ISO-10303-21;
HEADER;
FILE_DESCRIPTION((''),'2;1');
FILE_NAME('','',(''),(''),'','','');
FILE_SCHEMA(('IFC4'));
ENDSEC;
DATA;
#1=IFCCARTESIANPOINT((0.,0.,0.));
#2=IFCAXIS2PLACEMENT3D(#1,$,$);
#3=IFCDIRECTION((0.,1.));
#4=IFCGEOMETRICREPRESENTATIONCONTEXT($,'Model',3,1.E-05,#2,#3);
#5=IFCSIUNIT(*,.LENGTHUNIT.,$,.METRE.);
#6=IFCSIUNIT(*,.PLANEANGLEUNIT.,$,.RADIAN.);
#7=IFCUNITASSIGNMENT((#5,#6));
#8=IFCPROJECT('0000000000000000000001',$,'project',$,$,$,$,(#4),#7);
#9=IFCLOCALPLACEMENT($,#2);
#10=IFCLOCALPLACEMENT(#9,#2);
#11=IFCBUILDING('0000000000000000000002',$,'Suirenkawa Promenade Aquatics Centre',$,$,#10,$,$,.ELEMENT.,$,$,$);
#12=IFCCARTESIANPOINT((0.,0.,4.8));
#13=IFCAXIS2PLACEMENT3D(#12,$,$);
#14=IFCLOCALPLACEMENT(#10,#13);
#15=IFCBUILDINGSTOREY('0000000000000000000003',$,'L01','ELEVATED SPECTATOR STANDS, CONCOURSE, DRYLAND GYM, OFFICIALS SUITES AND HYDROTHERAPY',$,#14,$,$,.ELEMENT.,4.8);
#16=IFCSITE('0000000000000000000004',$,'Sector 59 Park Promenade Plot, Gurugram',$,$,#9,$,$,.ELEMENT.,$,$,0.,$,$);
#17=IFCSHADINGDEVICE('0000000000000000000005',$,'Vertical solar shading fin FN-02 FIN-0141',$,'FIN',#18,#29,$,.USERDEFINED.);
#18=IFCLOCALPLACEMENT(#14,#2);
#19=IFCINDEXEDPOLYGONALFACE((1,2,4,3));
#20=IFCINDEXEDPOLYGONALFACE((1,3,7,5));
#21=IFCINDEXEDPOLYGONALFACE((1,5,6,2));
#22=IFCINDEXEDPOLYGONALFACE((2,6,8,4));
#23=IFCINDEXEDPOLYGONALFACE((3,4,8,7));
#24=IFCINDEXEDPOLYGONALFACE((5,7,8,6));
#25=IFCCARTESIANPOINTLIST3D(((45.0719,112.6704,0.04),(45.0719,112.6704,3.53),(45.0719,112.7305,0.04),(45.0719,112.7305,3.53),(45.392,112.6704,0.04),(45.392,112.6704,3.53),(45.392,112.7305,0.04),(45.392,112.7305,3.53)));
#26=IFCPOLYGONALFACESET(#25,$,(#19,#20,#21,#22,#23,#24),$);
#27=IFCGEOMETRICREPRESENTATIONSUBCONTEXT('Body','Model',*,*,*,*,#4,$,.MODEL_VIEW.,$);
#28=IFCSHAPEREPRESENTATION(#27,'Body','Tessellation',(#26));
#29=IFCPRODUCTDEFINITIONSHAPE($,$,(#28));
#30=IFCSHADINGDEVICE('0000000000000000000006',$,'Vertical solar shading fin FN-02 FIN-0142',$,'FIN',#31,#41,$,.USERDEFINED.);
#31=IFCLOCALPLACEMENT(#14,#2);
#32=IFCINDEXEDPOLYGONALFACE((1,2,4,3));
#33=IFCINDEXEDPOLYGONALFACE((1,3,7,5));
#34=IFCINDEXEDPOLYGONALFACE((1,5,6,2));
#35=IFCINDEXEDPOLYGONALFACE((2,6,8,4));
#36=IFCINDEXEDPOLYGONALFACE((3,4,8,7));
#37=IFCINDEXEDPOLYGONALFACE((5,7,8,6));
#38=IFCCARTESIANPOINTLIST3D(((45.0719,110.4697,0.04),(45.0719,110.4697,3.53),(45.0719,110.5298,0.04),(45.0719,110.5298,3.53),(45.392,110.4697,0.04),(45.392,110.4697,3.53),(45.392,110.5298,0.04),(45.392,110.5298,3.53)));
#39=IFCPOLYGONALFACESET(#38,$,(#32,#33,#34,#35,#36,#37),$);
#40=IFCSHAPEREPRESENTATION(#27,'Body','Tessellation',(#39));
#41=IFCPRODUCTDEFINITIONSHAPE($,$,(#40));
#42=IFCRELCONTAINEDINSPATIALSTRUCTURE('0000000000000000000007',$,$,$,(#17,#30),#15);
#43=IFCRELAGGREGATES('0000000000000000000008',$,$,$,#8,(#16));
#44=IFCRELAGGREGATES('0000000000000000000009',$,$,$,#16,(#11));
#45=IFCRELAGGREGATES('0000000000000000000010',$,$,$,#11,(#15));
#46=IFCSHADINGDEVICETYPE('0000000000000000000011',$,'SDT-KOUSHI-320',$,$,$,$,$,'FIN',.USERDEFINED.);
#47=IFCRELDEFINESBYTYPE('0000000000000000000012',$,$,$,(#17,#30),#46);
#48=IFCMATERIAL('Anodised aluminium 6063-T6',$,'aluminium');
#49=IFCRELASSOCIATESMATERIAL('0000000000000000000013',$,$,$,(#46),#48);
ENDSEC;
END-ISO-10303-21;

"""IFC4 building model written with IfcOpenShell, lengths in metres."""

from ifc_helpers import new_model, si_unit, direction, frame, origin, origin_2d, place, context, subcontext, project, spatial, rectangle, extrude, material, type_object, element, save


model = new_model("IFC4")

# Units and contexts
model_context = context("Model", 3, precision=1e-05, world=origin(), true_north=direction((0.0, 1.0)))
body_context = subcontext(model_context, "Body", "Model", "MODEL_VIEW")
ifc_project = project(units=[si_unit("LENGTHUNIT", "METRE"), si_unit("PLANEANGLEUNIT", "RADIAN")], contexts=[model_context])

# Site, building, storey
site_placement = place(None, origin())
site = spatial("IfcSite", under=ifc_project, at=site_placement, Name="Sector 59 Park Promenade Plot, Gurugram", CompositionType="ELEMENT", RefElevation=0.0)
building_placement = place(site_placement, origin())
building = spatial("IfcBuilding", under=site, at=building_placement, Name="Suirenkawa Promenade Aquatics Centre", CompositionType="ELEMENT")
storey_placement = place(building_placement, frame((0.0, 0.0, 4.8)))
storey = spatial("IfcBuildingStorey", under=building, at=storey_placement, Name="L01", Description="ELEVATED SPECTATOR STANDS, CONCOURSE, DRYLAND GYM, OFFICIALS SUITES AND HYDROTHERAPY", CompositionType="ELEMENT", Elevation=4.8)

# Shared definitions
ifc_material_1 = material(Name="Anodised aluminium 6063-T6", Category="aluminium")

# Shading devices
shading_device_type = type_object("IfcShadingDeviceType", Name="SDT-KOUSHI-320", ElementType="FIN", PredefinedType="USERDEFINED", material=ifc_material_1)
for number, where, z_axis, x_axis, name in (
    (1, (45.2319, 112.7004, 0.04), (0.0, 0.0, 1.0), (1.0, 0.0, 0.0), "Vertical solar shading fin FN-02 FIN-0141"),
    (2, (45.2319, 110.4998, 0.04), (0.0, 0.0, 1.0), (1.0, 0.0, 0.0), "Vertical solar shading fin FN-02 FIN-0142"),
):
    element("IfcShadingDevice", number, at=place(storey_placement, frame(where, z_axis=z_axis, x_axis=x_axis)), inside=storey, type_object=shading_device_type, Name=name, ObjectType="FIN", PredefinedType="USERDEFINED", context=body_context, shape_type="SweptSolid", body=[
        extrude(rectangle(XDim=0.3201, YDim=0.0601, at=origin_2d()), origin(), (0.0, 0.0, 1.0), 3.49),
    ])

save(model, "model.ifc")
